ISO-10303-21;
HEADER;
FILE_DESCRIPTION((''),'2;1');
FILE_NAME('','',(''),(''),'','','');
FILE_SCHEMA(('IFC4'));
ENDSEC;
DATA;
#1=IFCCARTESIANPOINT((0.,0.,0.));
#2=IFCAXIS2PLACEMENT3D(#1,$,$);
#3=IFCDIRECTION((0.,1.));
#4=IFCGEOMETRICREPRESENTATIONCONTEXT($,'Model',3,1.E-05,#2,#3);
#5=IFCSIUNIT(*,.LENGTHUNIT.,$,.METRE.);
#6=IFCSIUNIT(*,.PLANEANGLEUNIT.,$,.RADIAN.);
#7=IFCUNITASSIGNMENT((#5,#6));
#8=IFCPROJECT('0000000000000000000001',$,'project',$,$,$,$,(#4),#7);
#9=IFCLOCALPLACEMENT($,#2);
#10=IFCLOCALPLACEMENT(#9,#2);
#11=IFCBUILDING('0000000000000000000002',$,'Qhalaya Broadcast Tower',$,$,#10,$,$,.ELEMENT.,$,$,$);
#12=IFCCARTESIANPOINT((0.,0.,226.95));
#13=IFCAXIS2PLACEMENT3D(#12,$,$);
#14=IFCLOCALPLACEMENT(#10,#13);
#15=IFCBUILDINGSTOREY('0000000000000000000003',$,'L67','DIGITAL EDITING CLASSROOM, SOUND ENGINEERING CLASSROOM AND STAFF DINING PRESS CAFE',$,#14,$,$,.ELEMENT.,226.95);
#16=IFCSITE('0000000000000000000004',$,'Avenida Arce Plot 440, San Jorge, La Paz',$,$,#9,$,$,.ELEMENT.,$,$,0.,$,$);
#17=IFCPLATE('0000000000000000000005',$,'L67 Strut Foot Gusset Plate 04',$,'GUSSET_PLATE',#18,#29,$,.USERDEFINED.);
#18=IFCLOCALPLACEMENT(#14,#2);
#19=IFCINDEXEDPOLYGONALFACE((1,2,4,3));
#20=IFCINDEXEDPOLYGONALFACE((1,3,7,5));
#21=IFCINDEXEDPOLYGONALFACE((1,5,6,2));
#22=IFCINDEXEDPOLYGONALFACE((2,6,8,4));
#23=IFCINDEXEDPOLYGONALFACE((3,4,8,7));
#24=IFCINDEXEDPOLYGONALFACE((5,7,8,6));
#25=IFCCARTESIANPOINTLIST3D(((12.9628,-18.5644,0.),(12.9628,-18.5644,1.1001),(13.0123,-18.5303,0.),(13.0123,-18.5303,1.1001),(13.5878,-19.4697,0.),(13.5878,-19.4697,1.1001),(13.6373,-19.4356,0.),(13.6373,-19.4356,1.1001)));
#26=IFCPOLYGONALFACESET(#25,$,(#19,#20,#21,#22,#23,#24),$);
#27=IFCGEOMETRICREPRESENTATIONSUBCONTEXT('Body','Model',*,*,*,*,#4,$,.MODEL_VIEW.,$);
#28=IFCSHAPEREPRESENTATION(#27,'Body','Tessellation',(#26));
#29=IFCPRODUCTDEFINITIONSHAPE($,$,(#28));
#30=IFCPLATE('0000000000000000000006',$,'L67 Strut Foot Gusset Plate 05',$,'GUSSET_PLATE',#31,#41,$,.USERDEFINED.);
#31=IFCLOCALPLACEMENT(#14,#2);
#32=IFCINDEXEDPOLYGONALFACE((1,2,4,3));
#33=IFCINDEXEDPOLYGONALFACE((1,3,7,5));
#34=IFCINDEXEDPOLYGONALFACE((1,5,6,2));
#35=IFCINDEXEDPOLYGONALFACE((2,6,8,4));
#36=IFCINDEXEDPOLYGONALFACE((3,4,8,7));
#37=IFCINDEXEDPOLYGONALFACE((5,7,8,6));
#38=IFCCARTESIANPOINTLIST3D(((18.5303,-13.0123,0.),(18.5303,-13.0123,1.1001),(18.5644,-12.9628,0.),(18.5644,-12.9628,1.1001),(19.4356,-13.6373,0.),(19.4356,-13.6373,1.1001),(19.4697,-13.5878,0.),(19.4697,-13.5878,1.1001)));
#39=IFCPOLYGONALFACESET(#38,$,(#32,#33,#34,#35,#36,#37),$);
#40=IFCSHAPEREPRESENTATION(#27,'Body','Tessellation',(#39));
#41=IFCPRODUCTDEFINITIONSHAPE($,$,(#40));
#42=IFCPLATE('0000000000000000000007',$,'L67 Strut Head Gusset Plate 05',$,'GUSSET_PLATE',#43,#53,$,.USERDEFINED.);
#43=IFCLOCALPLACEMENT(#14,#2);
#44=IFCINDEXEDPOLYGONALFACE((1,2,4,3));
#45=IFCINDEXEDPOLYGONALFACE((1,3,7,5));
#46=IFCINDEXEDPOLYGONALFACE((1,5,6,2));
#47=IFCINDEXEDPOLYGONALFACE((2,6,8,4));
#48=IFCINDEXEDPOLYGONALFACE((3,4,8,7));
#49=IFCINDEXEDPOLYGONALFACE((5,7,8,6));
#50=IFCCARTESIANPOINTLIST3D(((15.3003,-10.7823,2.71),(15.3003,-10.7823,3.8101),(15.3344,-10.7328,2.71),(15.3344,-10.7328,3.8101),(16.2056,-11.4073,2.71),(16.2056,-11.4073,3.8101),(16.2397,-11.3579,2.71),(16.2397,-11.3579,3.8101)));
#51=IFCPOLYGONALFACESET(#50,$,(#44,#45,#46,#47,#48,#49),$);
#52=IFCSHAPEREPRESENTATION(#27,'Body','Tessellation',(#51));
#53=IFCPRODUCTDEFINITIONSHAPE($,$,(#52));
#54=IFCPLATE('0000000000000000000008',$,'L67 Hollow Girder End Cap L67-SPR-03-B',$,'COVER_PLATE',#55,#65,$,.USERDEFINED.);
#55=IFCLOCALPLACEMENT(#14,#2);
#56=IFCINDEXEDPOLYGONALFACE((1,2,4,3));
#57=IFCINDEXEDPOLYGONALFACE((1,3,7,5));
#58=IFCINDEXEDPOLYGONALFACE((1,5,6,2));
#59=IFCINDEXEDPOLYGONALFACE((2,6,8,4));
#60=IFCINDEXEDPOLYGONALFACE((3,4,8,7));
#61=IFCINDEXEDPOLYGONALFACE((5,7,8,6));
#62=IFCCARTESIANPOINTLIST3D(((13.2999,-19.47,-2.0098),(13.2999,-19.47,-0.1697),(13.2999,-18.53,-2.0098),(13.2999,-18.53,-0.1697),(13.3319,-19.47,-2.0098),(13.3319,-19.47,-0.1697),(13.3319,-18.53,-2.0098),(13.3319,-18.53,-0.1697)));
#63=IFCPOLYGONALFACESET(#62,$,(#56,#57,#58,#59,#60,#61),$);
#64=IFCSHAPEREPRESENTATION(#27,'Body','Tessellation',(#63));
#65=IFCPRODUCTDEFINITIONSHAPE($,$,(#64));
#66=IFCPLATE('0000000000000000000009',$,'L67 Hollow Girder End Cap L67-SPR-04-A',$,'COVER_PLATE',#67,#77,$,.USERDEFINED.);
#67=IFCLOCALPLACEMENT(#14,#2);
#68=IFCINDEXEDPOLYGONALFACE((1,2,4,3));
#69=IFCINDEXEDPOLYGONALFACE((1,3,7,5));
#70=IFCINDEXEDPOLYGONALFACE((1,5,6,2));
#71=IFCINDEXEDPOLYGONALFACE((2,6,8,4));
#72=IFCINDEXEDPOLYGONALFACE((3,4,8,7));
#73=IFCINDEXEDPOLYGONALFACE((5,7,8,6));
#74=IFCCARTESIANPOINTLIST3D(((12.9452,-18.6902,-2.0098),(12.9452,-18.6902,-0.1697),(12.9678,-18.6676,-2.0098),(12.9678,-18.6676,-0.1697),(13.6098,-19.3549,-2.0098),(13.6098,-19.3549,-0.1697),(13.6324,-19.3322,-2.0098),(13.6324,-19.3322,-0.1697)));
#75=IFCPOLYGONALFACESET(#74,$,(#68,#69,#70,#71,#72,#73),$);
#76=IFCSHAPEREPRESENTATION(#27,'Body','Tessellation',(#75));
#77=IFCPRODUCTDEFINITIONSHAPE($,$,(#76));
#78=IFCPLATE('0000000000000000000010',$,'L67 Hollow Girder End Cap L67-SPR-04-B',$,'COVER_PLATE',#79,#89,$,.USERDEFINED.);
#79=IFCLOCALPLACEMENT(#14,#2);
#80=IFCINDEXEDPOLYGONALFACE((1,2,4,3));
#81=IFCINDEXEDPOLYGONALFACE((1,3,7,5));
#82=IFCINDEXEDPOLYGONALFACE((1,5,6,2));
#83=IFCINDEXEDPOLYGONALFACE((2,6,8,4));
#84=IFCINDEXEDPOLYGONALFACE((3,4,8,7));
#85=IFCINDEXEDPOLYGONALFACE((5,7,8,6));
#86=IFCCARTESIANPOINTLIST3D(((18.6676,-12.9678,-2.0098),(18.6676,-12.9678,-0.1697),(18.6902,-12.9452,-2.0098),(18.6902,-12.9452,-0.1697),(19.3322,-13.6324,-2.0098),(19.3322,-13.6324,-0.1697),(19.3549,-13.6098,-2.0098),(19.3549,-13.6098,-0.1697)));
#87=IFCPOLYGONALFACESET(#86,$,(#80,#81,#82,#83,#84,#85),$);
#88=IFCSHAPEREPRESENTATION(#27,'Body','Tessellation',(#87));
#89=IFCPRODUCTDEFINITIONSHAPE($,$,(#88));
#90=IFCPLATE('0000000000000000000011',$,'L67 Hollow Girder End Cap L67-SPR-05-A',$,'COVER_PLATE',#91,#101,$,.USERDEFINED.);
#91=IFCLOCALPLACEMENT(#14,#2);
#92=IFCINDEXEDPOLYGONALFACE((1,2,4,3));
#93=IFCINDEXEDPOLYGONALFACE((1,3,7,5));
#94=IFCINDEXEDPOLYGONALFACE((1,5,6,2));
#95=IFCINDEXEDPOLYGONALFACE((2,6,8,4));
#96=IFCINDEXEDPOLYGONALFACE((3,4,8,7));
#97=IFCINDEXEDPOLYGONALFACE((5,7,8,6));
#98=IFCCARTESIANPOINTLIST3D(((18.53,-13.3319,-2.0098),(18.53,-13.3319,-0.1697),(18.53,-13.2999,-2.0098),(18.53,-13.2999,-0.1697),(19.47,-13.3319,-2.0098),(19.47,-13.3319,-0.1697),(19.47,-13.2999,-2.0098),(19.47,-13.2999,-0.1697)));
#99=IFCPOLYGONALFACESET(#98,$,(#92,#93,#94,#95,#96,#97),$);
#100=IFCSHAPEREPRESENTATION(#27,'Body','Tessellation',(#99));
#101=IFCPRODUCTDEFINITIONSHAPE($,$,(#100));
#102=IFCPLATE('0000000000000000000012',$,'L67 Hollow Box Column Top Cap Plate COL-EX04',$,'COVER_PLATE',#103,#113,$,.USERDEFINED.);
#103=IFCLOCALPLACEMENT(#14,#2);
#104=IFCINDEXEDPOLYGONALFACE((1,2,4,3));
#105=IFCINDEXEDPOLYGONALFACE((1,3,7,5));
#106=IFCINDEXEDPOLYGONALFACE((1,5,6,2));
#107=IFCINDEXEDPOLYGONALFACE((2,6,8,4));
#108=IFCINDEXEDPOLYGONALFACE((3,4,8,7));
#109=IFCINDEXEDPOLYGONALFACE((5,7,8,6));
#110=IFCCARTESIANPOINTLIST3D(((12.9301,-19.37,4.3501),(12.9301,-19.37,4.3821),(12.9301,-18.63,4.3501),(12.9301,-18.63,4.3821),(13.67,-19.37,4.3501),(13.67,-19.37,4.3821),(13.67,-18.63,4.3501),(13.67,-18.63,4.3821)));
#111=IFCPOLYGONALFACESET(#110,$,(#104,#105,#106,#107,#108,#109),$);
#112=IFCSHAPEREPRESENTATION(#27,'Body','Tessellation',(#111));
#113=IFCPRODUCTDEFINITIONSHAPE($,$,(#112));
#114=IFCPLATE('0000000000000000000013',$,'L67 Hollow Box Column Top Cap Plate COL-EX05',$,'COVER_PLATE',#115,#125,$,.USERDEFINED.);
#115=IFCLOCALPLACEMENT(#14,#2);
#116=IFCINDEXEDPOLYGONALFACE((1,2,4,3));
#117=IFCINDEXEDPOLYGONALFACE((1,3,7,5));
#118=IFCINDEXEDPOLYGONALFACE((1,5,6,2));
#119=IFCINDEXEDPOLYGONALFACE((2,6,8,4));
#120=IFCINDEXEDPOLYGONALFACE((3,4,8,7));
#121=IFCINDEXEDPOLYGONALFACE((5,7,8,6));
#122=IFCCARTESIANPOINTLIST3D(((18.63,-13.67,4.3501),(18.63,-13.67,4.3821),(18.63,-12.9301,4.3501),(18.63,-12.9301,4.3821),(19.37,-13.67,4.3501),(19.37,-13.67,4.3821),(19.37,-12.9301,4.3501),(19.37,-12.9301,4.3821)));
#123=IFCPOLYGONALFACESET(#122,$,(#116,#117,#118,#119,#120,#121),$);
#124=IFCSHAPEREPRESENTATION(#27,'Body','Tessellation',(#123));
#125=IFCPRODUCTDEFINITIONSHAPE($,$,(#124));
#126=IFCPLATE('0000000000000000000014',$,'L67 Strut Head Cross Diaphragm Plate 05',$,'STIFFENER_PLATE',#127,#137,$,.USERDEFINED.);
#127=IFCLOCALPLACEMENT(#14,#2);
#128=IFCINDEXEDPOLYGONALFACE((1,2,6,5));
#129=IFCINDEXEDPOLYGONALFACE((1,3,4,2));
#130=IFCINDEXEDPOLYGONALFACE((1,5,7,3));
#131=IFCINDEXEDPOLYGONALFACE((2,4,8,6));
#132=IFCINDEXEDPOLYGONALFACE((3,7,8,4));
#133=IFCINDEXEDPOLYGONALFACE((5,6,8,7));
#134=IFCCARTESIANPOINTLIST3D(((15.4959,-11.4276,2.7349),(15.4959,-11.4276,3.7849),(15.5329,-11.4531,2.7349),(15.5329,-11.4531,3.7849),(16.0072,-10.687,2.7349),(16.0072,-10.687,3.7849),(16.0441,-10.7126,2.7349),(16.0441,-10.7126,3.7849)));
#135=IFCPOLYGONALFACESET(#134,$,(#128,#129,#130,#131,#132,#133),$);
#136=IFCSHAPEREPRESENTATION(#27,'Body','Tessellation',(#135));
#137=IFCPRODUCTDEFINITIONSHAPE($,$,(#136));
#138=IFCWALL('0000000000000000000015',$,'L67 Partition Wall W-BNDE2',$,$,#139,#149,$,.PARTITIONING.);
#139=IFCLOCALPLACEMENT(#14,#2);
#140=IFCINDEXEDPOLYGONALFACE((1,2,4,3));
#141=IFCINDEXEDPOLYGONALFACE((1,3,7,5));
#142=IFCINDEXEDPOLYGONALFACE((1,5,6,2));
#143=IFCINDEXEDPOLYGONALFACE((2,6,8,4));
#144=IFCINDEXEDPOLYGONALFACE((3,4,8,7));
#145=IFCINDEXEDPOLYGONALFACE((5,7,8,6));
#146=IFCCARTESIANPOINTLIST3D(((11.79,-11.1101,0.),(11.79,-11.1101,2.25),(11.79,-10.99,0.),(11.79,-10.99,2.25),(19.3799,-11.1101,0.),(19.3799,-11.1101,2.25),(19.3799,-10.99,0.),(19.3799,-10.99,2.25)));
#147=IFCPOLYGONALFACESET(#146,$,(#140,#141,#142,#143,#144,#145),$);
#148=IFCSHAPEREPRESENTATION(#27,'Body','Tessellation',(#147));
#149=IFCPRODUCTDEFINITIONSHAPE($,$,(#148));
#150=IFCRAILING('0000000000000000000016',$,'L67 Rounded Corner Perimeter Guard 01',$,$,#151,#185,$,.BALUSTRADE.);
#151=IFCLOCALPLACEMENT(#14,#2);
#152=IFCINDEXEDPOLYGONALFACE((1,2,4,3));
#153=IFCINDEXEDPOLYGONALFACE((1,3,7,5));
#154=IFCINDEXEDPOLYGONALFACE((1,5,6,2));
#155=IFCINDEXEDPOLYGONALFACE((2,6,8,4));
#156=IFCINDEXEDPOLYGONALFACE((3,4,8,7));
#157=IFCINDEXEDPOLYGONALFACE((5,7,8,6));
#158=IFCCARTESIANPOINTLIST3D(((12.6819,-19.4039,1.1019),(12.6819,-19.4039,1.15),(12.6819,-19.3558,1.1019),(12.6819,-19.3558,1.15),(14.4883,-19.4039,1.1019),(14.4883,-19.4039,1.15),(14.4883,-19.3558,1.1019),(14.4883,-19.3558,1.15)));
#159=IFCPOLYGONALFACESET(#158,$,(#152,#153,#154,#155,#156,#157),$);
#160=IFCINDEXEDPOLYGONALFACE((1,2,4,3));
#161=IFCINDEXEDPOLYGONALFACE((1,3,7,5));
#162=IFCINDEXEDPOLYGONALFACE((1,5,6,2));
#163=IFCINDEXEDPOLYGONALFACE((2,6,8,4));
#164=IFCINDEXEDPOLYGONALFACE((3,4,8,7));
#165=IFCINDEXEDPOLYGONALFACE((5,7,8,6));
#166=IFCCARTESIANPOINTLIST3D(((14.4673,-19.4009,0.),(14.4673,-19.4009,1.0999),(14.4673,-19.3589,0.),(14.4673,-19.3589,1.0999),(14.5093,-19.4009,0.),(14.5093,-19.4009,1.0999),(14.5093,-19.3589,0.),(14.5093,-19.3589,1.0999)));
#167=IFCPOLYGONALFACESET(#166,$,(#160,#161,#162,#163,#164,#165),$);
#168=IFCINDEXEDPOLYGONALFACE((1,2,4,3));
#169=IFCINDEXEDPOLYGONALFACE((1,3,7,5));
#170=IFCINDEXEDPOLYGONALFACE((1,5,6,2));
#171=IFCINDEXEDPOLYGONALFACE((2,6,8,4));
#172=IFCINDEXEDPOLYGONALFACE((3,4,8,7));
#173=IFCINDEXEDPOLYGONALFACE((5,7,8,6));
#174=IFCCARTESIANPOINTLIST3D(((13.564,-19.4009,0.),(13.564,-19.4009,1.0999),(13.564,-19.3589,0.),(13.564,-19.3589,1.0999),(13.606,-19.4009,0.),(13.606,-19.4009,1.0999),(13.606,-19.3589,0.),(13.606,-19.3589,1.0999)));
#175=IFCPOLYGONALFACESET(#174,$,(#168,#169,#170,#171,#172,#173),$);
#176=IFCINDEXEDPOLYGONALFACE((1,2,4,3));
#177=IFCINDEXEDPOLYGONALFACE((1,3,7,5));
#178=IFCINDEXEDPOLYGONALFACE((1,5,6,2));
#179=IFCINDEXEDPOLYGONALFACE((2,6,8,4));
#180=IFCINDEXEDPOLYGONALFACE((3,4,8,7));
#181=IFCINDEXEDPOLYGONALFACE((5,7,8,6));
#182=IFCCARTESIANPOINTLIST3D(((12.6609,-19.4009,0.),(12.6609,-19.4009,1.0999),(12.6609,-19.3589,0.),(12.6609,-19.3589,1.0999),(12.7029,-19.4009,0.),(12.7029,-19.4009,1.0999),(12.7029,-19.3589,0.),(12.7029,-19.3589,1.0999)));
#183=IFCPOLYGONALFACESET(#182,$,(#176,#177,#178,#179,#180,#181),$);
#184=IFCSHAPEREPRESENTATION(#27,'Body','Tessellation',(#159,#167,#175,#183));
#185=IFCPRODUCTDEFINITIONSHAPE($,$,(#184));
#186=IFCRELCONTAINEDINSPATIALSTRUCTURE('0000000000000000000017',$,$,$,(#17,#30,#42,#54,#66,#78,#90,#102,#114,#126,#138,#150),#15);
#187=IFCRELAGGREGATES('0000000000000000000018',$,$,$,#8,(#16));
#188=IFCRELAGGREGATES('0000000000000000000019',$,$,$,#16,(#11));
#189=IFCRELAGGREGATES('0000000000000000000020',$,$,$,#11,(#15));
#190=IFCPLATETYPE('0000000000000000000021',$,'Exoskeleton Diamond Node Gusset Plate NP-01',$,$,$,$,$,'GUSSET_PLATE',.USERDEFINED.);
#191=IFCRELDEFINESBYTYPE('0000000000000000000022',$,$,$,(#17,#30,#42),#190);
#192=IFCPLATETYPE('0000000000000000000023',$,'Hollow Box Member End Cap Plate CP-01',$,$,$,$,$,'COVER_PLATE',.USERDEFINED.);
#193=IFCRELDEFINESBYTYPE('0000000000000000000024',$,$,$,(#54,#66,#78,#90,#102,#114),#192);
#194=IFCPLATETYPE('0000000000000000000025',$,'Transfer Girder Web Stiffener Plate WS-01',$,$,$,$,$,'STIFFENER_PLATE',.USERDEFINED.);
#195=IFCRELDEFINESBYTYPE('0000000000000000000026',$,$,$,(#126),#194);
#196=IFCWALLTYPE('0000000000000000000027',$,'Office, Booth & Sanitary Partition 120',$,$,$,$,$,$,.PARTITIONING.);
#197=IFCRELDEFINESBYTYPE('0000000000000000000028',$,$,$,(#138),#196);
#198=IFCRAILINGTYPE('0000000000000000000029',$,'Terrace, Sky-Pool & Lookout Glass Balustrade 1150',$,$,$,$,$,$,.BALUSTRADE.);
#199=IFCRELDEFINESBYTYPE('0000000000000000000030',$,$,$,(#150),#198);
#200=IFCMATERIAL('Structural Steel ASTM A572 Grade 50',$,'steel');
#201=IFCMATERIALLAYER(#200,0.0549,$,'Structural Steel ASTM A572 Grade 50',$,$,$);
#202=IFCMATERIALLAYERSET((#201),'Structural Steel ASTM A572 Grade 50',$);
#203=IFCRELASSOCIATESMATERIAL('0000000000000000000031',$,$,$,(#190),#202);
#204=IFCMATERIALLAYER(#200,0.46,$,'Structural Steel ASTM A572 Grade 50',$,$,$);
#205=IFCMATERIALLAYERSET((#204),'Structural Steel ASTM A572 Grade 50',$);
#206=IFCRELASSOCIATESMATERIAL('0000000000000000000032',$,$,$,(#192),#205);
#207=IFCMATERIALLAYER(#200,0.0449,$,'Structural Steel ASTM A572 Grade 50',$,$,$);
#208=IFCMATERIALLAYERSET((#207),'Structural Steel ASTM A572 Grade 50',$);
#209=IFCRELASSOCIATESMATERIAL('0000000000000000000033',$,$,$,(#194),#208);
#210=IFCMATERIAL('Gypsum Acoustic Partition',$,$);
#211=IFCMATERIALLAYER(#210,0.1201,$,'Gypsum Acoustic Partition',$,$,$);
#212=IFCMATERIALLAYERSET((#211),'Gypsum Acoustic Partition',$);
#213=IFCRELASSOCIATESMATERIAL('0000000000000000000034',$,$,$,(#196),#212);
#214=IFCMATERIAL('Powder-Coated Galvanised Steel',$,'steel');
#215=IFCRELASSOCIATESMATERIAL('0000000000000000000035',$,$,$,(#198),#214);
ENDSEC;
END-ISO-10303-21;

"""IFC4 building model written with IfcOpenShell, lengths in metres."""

from ifc_helpers import new_model, si_unit, direction, frame, frame_2d, origin, origin_2d, place, context, subcontext, project, spatial, rectangle, extrude, material, layer, layer_set, type_object, element, save


model = new_model("IFC4")

# Units and contexts
model_context = context("Model", 3, precision=1e-05, world=origin(), true_north=direction((0.0, 1.0)))
body_context = subcontext(model_context, "Body", "Model", "MODEL_VIEW")
ifc_project = project(units=[si_unit("LENGTHUNIT", "METRE"), si_unit("PLANEANGLEUNIT", "RADIAN")], contexts=[model_context])

# Site, building, storey
site_placement = place(None, origin())
site = spatial("IfcSite", under=ifc_project, at=site_placement, Name="Avenida Arce Plot 440, San Jorge, La Paz", CompositionType="ELEMENT", RefElevation=0.0)
building_placement = place(site_placement, origin())
building = spatial("IfcBuilding", under=site, at=building_placement, Name="Qhalaya Broadcast Tower", CompositionType="ELEMENT")
storey_placement = place(building_placement, frame((0.0, 0.0, 226.95)))
storey = spatial("IfcBuildingStorey", under=building, at=storey_placement, Name="L67", Description="DIGITAL EDITING CLASSROOM, SOUND ENGINEERING CLASSROOM AND STAFF DINING PRESS CAFE", CompositionType="ELEMENT", Elevation=226.95)

# Shared definitions
ifc_material_1 = material(Name="Structural Steel ASTM A572 Grade 50", Category="steel")

# Plates
ifc_layer_1 = layer(ifc_material_1, 0.0549, Name="Structural Steel ASTM A572 Grade 50")
ifc_layer_set_1 = layer_set([ifc_layer_1], Name="Structural Steel ASTM A572 Grade 50")
plate_type_1 = type_object("IfcPlateType", Name="Exoskeleton Diamond Node Gusset Plate NP-01", ElementType="GUSSET_PLATE", PredefinedType="USERDEFINED", material=ifc_layer_set_1)
for number, where, z_axis, x_axis, name in (
    (1, (13.3, -19.0, 0.0), (0.0, 0.0, 1.0), (-0.568145, 0.822928, 0.0), "L67 Strut Foot Gusset Plate 04"),
    (2, (19.0, -13.3, 0.0), (0.0, 0.0, 1.0), (-0.822928, 0.568145, 0.0), "L67 Strut Foot Gusset Plate 05"),
    (3, (15.77, -11.0701, 2.71), (0.0, 0.0, 1.0), (-0.822928, 0.568145, 0.0), "L67 Strut Head Gusset Plate 05"),
):
    element("IfcPlate", number, at=place(storey_placement, frame(where, z_axis=z_axis, x_axis=x_axis)), inside=storey, type_object=plate_type_1, Name=name, ObjectType="GUSSET_PLATE", PredefinedType="USERDEFINED", context=body_context, shape_type="SweptSolid", body=[
        extrude(rectangle(XDim=1.1001, YDim=0.0601, at=origin_2d()), origin(), (0.0, 0.0, 1.0), 1.1001),
    ])
ifc_layer_2 = layer(ifc_material_1, 0.46, Name="Structural Steel ASTM A572 Grade 50")
ifc_layer_set_2 = layer_set([ifc_layer_2], Name="Structural Steel ASTM A572 Grade 50")
plate_type_2 = type_object("IfcPlateType", Name="Hollow Box Member End Cap Plate CP-01", ElementType="COVER_PLATE", PredefinedType="USERDEFINED", material=ifc_layer_set_2)
for number, where, z_axis, x_axis, name in (
    (4, (13.3159, -19.0, -2.0098), (0.0, 0.0, 1.0), (0.0, 1.0, 0.0), "L67 Hollow Girder End Cap L67-SPR-03-B"),
    (5, (13.2888, -19.0112, -2.0098), (0.0, 0.0, 1.0), (-0.707107, 0.707107, 0.0), "L67 Hollow Girder End Cap L67-SPR-04-A"),
    (6, (19.0112, -13.2888, -2.0098), (0.0, 0.0, 1.0), (-0.707107, 0.707107, 0.0), "L67 Hollow Girder End Cap L67-SPR-04-B"),
    (7, (19.0, -13.3159, -2.0098), (0.0, 0.0, 1.0), (-1.0, 0.0, 0.0), "L67 Hollow Girder End Cap L67-SPR-05-A"),
):
    element("IfcPlate", number, at=place(storey_placement, frame(where, z_axis=z_axis, x_axis=x_axis)), inside=storey, type_object=plate_type_2, Name=name, ObjectType="COVER_PLATE", PredefinedType="USERDEFINED", context=body_context, shape_type="SweptSolid", body=[
        extrude(rectangle(XDim=0.9399, YDim=0.032, at=origin_2d()), origin(), (0.0, 0.0, 1.0), 1.8401),
    ])
for number, where, z_axis, x_axis, name in (
    (8, (13.3, -19.0, 4.3501), (0.0, 0.0, 1.0), (1.0, 0.0, 0.0), "L67 Hollow Box Column Top Cap Plate COL-EX04"),
    (9, (19.0, -13.3, 4.3501), (0.0, 0.0, 1.0), (0.0, 1.0, 0.0), "L67 Hollow Box Column Top Cap Plate COL-EX05"),
):
    element("IfcPlate", number, at=place(storey_placement, frame(where, z_axis=z_axis, x_axis=x_axis)), inside=storey, type_object=plate_type_2, Name=name, ObjectType="COVER_PLATE", PredefinedType="USERDEFINED", context=body_context, shape_type="SweptSolid", body=[
        extrude(rectangle(XDim=0.74, YDim=0.74, at=origin_2d()), origin(), (0.0, 0.0, 1.0), 0.032),
    ])
ifc_layer_3 = layer(ifc_material_1, 0.0449, Name="Structural Steel ASTM A572 Grade 50")
ifc_layer_set_3 = layer_set([ifc_layer_3], Name="Structural Steel ASTM A572 Grade 50")
plate_type_3 = type_object("IfcPlateType", Name="Transfer Girder Web Stiffener Plate WS-01", ElementType="STIFFENER_PLATE", PredefinedType="USERDEFINED", material=ifc_layer_set_3)
plate_placement = place(storey_placement, frame((15.77, -11.0701, 2.7349), z_axis=(0.0, 0.0, 1.0), x_axis=(-0.568145, -0.822928, 0.0)))
element("IfcPlate", 10, at=plate_placement, inside=storey, type_object=plate_type_3, Name="L67 Strut Head Cross Diaphragm Plate 05", ObjectType="STIFFENER_PLATE", PredefinedType="USERDEFINED", context=body_context, shape_type="SweptSolid", body=[
    extrude(rectangle(XDim=0.8999, YDim=0.0449, at=origin_2d()), origin(), (0.0, 0.0, 1.0), 1.05),
])

# Wall
ifc_material_2 = material(Name="Gypsum Acoustic Partition")
ifc_layer_4 = layer(ifc_material_2, 0.1201, Name="Gypsum Acoustic Partition")
ifc_layer_set_4 = layer_set([ifc_layer_4], Name="Gypsum Acoustic Partition")
wall_type = type_object("IfcWallType", Name="Office, Booth & Sanitary Partition 120", PredefinedType="PARTITIONING", material=ifc_layer_set_4)
wall_placement = place(storey_placement, frame((11.79, -11.05, 0.0), z_axis=(0.0, 0.0, 1.0), x_axis=(1.0, 0.0, 0.0)))
element("IfcWall", 11, at=wall_placement, inside=storey, type_object=wall_type, Name="L67 Partition Wall W-BNDE2", PredefinedType="PARTITIONING", context=body_context, shape_type="SweptSolid", body=[
    extrude(rectangle(XDim=7.5898, YDim=0.1201, at=frame_2d((3.7949, 0.0))), origin(), (0.0, 0.0, 1.0), 2.25),
])

# Railing
ifc_material_3 = material(Name="Powder-Coated Galvanised Steel", Category="steel")
railing_type = type_object("IfcRailingType", Name="Terrace, Sky-Pool & Lookout Glass Balustrade 1150", PredefinedType="BALUSTRADE", material=ifc_material_3)
railing_1_placement = place(storey_placement, frame((14.4883, -19.3799, 0.0)))
element("IfcRailing", 12, at=railing_1_placement, inside=storey, type_object=railing_type, Name="L67 Rounded Corner Perimeter Guard 01", PredefinedType="BALUSTRADE", context=body_context, shape_type="SweptSolid", body=[
    extrude(rectangle(XDim=0.0481, YDim=0.0481, at=origin_2d()), frame((0.0, 0.0, 1.126), z_axis=(-1.0, 0.0, 0.0), x_axis=(0.0, -1.0, 0.0)), (0.0, 0.0, 1.0), 1.8064),
    extrude(rectangle(XDim=0.042, YDim=0.042, at=origin_2d()), origin(), (0.0, 0.0, 1.0), 1.0999),
    extrude(rectangle(XDim=0.042, YDim=0.042, at=origin_2d()), frame((-0.9033, 0.0, 0.0)), (0.0, 0.0, 1.0), 1.0999),
    extrude(rectangle(XDim=0.042, YDim=0.042, at=origin_2d()), frame((-1.8064, 0.0, 0.0)), (0.0, 0.0, 1.0), 1.0999),
])

save(model, "model.ifc")
